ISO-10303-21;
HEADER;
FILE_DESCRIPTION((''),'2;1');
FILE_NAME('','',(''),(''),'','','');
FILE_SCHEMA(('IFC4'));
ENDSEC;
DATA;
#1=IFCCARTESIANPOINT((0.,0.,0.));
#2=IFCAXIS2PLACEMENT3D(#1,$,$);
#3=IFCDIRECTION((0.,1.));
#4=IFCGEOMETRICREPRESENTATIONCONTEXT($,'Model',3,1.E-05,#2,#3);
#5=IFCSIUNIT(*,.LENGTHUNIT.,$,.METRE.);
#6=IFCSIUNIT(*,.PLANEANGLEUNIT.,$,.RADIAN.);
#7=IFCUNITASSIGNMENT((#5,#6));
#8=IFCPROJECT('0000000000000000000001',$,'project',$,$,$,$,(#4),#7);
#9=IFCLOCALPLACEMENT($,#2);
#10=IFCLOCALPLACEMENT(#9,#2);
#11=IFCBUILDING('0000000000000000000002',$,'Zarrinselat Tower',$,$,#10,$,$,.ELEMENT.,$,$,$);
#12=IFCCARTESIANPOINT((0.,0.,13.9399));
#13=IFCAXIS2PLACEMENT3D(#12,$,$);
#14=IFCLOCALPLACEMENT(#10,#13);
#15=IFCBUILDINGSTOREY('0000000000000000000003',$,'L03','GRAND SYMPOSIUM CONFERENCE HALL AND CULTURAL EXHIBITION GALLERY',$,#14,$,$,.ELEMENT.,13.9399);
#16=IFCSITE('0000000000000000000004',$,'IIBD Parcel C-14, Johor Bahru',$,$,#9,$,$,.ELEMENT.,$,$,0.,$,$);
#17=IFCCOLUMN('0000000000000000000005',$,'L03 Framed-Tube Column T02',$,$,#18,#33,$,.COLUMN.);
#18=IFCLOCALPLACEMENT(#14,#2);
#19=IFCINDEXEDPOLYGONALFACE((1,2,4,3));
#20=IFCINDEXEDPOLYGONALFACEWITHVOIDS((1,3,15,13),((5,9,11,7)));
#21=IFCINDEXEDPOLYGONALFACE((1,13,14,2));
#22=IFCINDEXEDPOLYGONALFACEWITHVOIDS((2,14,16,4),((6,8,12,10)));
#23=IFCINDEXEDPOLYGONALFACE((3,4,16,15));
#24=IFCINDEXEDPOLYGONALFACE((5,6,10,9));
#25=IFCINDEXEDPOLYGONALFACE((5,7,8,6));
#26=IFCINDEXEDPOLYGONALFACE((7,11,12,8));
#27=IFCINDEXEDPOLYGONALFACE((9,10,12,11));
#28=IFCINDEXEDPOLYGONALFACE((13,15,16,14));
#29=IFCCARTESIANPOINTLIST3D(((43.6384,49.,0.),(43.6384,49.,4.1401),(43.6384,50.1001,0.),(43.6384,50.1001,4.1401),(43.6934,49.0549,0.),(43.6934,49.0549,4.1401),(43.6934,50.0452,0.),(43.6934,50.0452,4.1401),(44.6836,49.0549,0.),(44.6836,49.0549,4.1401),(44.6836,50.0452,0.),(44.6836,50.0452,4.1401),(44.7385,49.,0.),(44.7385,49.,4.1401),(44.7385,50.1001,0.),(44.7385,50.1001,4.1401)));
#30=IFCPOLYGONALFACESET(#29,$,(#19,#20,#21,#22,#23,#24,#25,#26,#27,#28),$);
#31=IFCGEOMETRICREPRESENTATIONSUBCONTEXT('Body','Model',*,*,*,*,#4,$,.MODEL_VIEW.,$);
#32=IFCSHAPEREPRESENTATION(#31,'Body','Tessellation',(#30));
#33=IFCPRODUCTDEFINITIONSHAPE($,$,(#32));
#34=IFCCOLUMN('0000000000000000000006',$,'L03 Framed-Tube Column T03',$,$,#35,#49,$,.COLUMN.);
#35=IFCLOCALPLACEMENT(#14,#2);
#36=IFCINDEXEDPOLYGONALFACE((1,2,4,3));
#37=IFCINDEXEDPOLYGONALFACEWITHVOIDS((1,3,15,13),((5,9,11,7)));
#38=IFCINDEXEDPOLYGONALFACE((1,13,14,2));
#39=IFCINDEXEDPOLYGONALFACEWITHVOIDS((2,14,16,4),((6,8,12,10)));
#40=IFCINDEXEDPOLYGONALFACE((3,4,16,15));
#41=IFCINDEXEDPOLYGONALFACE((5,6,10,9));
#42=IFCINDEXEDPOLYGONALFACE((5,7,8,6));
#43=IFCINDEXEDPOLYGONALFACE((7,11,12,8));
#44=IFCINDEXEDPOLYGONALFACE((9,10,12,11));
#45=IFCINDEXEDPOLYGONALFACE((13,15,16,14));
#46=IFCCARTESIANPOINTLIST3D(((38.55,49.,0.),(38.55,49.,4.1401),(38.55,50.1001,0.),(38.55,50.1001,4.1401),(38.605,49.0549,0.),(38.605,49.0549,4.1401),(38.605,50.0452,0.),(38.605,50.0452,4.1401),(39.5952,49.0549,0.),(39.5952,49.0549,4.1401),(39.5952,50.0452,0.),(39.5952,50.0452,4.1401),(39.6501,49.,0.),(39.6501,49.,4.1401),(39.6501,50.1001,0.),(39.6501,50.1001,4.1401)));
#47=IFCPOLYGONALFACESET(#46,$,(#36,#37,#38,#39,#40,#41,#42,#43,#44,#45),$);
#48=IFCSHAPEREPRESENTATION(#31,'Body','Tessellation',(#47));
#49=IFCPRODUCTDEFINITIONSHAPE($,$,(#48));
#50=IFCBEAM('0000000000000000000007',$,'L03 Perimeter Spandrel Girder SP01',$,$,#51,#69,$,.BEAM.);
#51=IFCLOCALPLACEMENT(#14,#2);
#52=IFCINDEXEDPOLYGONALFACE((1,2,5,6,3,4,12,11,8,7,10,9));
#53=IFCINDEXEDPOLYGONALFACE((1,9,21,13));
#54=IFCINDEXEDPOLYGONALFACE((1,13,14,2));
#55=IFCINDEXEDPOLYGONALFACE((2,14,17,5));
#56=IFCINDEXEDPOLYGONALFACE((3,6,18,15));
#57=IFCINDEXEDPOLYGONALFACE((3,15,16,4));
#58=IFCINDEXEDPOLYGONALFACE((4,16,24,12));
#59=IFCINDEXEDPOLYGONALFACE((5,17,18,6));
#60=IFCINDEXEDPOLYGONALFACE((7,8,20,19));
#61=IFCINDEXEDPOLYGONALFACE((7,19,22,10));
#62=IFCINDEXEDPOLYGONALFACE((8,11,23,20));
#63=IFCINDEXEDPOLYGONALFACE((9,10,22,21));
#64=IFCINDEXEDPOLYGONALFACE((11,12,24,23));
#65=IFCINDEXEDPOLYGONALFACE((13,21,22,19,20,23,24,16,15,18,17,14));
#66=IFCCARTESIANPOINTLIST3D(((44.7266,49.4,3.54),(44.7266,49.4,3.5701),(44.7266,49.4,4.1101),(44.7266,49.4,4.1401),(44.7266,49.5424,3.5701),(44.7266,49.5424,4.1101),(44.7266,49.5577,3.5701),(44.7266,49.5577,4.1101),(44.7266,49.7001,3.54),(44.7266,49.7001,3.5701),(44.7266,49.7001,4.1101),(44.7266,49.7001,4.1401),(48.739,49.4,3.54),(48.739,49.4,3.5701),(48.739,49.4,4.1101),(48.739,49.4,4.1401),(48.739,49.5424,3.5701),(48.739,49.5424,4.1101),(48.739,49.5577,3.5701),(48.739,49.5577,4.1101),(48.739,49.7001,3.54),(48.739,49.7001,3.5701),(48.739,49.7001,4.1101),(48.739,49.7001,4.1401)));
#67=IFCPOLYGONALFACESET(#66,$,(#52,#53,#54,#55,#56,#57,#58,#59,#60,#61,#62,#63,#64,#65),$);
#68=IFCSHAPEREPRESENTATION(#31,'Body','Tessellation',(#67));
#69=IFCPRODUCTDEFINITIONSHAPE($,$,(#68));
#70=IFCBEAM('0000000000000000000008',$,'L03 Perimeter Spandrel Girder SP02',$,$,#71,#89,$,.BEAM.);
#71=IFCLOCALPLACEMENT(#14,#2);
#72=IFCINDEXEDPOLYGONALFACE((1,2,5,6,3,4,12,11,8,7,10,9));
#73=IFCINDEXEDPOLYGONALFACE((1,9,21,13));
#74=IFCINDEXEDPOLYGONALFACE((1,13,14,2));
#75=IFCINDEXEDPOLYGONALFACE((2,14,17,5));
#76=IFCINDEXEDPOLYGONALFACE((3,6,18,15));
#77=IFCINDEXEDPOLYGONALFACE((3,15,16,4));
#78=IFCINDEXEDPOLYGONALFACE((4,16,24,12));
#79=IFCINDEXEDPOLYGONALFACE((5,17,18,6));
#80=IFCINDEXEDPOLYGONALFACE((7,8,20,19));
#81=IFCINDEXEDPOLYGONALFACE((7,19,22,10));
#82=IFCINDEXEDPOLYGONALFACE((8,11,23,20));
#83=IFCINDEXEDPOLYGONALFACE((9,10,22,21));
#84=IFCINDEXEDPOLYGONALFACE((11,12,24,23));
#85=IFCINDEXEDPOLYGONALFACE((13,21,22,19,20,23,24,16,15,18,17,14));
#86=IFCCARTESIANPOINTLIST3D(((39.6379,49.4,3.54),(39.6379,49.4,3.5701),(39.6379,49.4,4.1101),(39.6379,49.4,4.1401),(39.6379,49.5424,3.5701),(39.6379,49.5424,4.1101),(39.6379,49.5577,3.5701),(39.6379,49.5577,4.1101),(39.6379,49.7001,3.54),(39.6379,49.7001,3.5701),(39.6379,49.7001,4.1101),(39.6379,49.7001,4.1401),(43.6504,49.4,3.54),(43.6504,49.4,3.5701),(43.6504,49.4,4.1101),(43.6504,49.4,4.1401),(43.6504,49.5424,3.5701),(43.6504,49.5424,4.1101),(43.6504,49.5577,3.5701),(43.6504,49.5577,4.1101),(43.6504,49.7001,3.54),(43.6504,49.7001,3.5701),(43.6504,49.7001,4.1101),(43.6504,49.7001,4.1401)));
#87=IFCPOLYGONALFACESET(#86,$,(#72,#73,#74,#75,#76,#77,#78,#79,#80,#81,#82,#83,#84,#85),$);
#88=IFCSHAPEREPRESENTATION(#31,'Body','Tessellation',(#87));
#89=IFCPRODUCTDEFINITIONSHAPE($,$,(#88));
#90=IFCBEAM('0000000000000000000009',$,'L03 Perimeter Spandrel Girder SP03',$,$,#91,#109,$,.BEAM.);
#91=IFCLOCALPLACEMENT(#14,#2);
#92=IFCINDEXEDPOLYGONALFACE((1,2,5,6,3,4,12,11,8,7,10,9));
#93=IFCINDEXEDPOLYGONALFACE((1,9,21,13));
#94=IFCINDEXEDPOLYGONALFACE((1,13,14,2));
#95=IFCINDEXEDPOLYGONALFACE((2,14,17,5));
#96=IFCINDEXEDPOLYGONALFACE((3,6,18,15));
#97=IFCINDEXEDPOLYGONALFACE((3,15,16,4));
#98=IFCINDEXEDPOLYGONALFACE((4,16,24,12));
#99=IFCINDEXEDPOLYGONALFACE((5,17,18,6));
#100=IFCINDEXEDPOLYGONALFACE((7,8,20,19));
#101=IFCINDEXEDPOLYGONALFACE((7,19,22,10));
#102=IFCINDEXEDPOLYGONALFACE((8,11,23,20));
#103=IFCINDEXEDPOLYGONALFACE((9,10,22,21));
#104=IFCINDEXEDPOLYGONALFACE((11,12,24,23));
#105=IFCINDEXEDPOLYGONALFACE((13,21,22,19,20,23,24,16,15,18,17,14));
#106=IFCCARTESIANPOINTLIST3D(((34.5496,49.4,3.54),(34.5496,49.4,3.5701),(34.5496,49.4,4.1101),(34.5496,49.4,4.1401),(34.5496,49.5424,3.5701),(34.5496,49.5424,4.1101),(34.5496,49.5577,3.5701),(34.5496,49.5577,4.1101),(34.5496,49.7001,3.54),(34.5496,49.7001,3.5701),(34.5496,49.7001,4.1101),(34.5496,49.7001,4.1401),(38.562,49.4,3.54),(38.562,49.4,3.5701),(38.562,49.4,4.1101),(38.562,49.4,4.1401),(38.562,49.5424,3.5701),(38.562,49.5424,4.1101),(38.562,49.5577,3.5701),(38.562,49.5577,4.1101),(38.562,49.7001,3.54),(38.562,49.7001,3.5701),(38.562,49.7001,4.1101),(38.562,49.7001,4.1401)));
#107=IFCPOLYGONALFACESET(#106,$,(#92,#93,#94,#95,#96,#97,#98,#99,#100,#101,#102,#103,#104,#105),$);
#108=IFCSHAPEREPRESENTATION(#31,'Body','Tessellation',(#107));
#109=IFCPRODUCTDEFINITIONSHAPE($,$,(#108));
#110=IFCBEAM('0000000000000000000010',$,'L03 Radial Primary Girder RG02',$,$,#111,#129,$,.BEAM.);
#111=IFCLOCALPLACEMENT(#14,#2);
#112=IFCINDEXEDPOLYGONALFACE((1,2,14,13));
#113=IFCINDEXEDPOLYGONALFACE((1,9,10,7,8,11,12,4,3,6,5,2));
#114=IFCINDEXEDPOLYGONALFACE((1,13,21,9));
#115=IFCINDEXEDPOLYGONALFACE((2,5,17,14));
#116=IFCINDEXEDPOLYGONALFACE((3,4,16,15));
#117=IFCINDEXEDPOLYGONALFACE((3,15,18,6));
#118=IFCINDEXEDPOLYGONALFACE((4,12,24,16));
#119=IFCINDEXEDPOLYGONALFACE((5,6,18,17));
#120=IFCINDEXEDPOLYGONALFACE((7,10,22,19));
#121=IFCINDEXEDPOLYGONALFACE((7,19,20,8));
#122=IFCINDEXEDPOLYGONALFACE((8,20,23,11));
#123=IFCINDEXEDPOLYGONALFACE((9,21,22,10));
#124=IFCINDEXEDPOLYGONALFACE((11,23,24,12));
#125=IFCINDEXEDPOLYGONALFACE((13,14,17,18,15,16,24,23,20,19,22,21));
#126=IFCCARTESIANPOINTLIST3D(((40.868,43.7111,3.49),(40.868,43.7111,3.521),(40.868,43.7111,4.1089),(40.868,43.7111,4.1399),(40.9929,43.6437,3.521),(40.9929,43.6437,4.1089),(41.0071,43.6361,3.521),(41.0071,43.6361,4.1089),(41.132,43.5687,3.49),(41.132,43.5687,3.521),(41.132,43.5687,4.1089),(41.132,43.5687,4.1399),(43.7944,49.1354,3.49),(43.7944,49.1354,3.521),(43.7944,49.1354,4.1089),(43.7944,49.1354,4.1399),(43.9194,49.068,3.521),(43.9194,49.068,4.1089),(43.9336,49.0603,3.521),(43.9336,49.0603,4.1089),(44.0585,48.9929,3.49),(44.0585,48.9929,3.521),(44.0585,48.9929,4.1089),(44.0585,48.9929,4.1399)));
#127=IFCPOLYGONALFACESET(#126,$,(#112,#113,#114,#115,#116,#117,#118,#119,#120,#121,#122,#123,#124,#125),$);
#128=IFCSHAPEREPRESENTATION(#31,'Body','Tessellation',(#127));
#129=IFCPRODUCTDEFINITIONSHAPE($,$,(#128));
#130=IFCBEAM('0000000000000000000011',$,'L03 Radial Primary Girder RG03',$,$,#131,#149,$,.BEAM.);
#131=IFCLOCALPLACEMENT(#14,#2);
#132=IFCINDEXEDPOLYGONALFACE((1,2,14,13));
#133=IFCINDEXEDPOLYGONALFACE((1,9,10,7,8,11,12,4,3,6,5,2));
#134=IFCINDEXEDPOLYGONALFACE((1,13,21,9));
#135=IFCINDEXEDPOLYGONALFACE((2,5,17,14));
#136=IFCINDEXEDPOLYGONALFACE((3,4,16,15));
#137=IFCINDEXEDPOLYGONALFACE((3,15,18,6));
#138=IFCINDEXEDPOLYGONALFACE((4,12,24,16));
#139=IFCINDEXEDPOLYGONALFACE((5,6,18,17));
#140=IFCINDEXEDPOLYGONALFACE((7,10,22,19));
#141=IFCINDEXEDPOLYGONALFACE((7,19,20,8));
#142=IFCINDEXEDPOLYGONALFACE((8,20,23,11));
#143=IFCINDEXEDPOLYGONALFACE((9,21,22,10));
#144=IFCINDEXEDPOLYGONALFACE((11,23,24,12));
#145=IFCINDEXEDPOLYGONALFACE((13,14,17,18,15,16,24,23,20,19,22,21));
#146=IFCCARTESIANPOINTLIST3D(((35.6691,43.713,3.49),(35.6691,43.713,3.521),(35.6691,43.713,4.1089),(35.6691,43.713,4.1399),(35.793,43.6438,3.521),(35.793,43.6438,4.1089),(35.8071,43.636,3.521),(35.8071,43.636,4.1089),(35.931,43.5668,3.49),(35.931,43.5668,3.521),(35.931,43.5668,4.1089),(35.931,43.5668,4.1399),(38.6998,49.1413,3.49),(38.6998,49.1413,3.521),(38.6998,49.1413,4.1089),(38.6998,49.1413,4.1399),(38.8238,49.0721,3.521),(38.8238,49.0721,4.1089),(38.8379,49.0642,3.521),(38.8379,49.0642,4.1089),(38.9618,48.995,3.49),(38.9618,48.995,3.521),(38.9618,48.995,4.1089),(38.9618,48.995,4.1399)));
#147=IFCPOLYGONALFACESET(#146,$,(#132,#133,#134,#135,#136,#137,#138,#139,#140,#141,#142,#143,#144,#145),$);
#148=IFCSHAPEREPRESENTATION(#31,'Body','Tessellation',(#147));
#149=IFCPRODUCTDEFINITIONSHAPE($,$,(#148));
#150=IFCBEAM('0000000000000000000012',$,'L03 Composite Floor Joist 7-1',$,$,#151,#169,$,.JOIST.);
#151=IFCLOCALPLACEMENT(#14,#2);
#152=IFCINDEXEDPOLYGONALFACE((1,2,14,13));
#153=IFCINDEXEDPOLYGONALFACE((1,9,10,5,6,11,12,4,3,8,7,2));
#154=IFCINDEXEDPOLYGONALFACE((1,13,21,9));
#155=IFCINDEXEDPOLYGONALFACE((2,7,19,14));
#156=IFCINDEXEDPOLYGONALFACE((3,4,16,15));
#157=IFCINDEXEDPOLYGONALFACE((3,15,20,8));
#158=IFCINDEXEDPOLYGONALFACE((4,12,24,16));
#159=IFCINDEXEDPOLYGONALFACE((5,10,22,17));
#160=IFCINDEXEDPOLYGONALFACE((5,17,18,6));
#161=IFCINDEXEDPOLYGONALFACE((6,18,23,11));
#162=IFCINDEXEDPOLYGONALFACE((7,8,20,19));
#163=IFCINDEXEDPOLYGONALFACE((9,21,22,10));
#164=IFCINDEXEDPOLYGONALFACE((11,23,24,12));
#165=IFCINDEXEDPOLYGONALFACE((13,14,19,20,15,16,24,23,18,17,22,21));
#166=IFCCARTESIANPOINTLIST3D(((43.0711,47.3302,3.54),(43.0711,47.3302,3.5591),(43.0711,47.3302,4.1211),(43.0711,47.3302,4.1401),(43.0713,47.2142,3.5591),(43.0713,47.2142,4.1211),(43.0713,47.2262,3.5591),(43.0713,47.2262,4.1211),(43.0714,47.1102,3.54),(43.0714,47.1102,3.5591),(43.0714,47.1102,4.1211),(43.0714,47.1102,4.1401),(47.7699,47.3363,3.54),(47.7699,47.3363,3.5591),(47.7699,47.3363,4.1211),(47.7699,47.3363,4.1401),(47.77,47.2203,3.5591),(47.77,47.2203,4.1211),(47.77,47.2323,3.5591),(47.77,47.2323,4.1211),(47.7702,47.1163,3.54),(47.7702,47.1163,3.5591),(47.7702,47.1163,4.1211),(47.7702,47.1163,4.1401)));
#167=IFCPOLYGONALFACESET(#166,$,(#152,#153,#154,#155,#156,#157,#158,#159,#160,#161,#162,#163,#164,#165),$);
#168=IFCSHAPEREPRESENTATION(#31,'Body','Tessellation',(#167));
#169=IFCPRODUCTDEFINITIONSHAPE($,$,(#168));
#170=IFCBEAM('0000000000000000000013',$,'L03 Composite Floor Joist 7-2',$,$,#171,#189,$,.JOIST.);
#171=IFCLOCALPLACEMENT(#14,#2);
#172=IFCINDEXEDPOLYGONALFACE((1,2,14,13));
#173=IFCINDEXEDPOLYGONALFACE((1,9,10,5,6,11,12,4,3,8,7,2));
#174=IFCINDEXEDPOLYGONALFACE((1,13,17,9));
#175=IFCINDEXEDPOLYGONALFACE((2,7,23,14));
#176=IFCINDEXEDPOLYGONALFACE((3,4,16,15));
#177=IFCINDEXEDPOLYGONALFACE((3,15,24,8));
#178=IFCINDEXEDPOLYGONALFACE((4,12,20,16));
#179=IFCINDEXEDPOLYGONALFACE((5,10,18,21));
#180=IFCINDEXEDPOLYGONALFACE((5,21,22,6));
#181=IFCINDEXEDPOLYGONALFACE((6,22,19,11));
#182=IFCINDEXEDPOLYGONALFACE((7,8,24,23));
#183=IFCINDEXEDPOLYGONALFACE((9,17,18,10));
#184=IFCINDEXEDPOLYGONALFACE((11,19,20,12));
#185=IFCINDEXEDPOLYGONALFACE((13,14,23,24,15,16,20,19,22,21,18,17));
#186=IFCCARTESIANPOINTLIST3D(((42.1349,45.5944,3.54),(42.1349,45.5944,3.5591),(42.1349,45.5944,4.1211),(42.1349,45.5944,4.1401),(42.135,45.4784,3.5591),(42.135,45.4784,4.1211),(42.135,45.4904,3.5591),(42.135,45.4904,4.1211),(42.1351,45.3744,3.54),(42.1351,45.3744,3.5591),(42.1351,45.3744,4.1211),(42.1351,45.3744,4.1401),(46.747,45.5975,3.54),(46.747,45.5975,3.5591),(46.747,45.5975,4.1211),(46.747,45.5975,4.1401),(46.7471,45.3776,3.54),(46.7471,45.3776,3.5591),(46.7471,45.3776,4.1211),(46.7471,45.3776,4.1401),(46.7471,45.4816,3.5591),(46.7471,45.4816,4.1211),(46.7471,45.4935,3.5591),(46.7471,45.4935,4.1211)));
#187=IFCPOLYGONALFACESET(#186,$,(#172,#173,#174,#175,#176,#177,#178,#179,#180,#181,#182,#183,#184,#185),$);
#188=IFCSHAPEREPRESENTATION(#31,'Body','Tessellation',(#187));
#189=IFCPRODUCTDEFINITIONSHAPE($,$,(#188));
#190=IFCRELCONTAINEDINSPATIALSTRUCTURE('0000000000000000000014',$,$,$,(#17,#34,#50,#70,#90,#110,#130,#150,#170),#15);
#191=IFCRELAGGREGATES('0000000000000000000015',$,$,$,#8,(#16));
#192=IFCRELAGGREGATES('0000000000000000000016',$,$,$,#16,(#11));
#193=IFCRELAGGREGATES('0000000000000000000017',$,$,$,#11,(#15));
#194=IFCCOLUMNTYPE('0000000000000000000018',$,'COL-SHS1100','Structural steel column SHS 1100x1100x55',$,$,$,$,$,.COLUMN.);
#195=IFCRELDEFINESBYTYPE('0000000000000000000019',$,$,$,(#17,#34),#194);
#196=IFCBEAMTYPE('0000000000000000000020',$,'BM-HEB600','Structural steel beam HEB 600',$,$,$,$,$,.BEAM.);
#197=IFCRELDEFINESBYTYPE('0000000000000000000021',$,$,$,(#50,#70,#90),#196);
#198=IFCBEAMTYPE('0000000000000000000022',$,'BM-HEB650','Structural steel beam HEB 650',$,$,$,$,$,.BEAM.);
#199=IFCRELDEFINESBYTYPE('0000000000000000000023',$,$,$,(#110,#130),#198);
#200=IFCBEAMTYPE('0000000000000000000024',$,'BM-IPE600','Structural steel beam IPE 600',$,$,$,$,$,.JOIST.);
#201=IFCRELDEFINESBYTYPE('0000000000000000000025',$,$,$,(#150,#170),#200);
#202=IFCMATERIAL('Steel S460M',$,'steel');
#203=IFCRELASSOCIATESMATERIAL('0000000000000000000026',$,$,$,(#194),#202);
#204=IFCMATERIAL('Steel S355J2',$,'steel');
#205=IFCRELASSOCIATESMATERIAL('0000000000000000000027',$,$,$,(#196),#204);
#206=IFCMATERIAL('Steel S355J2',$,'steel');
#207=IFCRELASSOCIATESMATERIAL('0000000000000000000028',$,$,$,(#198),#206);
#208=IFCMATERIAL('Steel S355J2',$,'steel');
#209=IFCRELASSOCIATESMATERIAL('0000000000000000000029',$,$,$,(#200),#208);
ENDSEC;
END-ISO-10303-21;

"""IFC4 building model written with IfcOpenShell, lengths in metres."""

from ifc_helpers import new_model, si_unit, direction, frame, origin, origin_2d, place, context, subcontext, project, spatial, hollow_rectangle, i_section, extrude, material, material_profile, profile_set, type_object, element, save


model = new_model("IFC4")

# Units and contexts
model_context = context("Model", 3, precision=1e-05, world=origin(), true_north=direction((0.0, 1.0)))
body_context = subcontext(model_context, "Body", "Model", "MODEL_VIEW")
ifc_project = project(units=[si_unit("LENGTHUNIT", "METRE"), si_unit("PLANEANGLEUNIT", "RADIAN")], contexts=[model_context])

# Site, building, storey
site_placement = place(None, origin())
site = spatial("IfcSite", under=ifc_project, at=site_placement, Name="IIBD Parcel C-14, Johor Bahru", CompositionType="ELEMENT", RefElevation=0.0)
building_placement = place(site_placement, origin())
building = spatial("IfcBuilding", under=site, at=building_placement, Name="Zarrinselat Tower", CompositionType="ELEMENT")
storey_placement = place(building_placement, frame((0.0, 0.0, 13.9399)))
storey = spatial("IfcBuildingStorey", under=building, at=storey_placement, Name="L03", Description="GRAND SYMPOSIUM CONFERENCE HALL AND CULTURAL EXHIBITION GALLERY", CompositionType="ELEMENT", Elevation=13.9399)

# Columns
ifc_material_1 = material(Name="Steel S460M", Category="steel")
ifc_material_profile_1 = material_profile(ifc_material_1, hollow_rectangle(XDim=1.1001, YDim=1.1001, WallThickness=0.0549, at=origin_2d()), Name="SHS 1100x1100x55")
ifc_profile_set_1 = profile_set([ifc_material_profile_1], Name="Steel S460M")
column_type = type_object("IfcColumnType", Name="COL-SHS1100", Description="Structural steel column SHS 1100x1100x55", PredefinedType="COLUMN", material=ifc_profile_set_1)
for number, where, z_axis, x_axis, name in (
    (1, (44.1885, 49.55, 0.0), (0.0, 0.0, 1.0), (1.0, 0.0, 0.0), "L03 Framed-Tube Column T02"),
    (2, (39.1001, 49.55, 0.0), (0.0, 0.0, 1.0), (1.0, 0.0, 0.0), "L03 Framed-Tube Column T03"),
):
    element("IfcColumn", number, at=place(storey_placement, frame(where, z_axis=z_axis, x_axis=x_axis)), inside=storey, type_object=column_type, Name=name, PredefinedType="COLUMN", context=body_context, shape_type="SweptSolid", body=[
        extrude(hollow_rectangle(XDim=1.1001, YDim=1.1001, WallThickness=0.0549, at=origin_2d()), origin(), (0.0, 0.0, 1.0), 4.1401),
    ])

# Beams
ifc_material_2 = material(Name="Steel S355J2", Category="steel")
ifc_material_profile_2 = material_profile(ifc_material_2, i_section(OverallWidth=0.3, OverallDepth=0.6001, WebThickness=0.0154, FlangeThickness=0.03, at=origin_2d()), Name="HEB 600")
ifc_profile_set_2 = profile_set([ifc_material_profile_2], Name="Steel S355J2")
beam_type_1 = type_object("IfcBeamType", Name="BM-HEB600", Description="Structural steel beam HEB 600", PredefinedType="BEAM", material=ifc_profile_set_2)
for number, where, z_axis, x_axis, name in (
    (3, (44.7266, 49.55, 3.8401), (1.0, 0.0, 0.0), (0.0, 1.0, 0.0), "L03 Perimeter Spandrel Girder SP01"),
    (4, (39.6379, 49.55, 3.8401), (1.0, 0.0, 0.0), (0.0, 1.0, 0.0), "L03 Perimeter Spandrel Girder SP02"),
    (5, (34.5496, 49.55, 3.8401), (1.0, 0.0, 0.0), (0.0, 1.0, 0.0), "L03 Perimeter Spandrel Girder SP03"),
):
    element("IfcBeam", number, at=place(storey_placement, frame(where, z_axis=z_axis, x_axis=x_axis)), inside=storey, type_object=beam_type_1, Name=name, PredefinedType="BEAM", context=body_context, shape_type="SweptSolid", body=[
        extrude(i_section(OverallWidth=0.3, OverallDepth=0.6001, WebThickness=0.0154, FlangeThickness=0.03, at=origin_2d()), origin(), (0.0, 0.0, 1.0), 4.0125),
    ])
ifc_material_3 = material(Name="Steel S355J2", Category="steel")
ifc_material_profile_3 = material_profile(ifc_material_3, i_section(OverallWidth=0.3, OverallDepth=0.6499, WebThickness=0.0161, FlangeThickness=0.031, at=origin_2d()), Name="HEB 650")
ifc_profile_set_3 = profile_set([ifc_material_profile_3], Name="Steel S355J2")
beam_type_2 = type_object("IfcBeamType", Name="BM-HEB650", Description="Structural steel beam HEB 650", PredefinedType="BEAM", material=ifc_profile_set_3)
beam_1_placement = place(storey_placement, frame((41.0, 43.6399, 3.8149), z_axis=(0.47482, 0.880083, 0.0), x_axis=(-0.880083, 0.47482, 0.0)))
element("IfcBeam", 6, at=beam_1_placement, inside=storey, type_object=beam_type_2, Name="L03 Radial Primary Girder RG02", PredefinedType="BEAM", context=body_context, shape_type="SweptSolid", body=[
    extrude(i_section(OverallWidth=0.3, OverallDepth=0.6499, WebThickness=0.0161, FlangeThickness=0.031, at=origin_2d()), origin(), (0.0, 0.0, 1.0), 6.1633),
])
beam_2_placement = place(storey_placement, frame((35.8, 43.6399, 3.8149), z_axis=(0.487496, 0.873125, 0.0), x_axis=(-0.873125, 0.487496, 0.0)))
element("IfcBeam", 7, at=beam_2_placement, inside=storey, type_object=beam_type_2, Name="L03 Radial Primary Girder RG03", PredefinedType="BEAM", context=body_context, shape_type="SweptSolid", body=[
    extrude(i_section(OverallWidth=0.3, OverallDepth=0.6499, WebThickness=0.0161, FlangeThickness=0.031, at=origin_2d()), origin(), (0.0, 0.0, 1.0), 6.217),
])
ifc_material_4 = material(Name="Steel S355J2", Category="steel")
ifc_material_profile_4 = material_profile(ifc_material_4, i_section(OverallWidth=0.22, OverallDepth=0.6001, WebThickness=0.012, FlangeThickness=0.019, at=origin_2d()), Name="IPE 600")
ifc_profile_set_4 = profile_set([ifc_material_profile_4], Name="Steel S355J2")
beam_type_3 = type_object("IfcBeamType", Name="BM-IPE600", Description="Structural steel beam IPE 600", PredefinedType="JOIST", material=ifc_profile_set_4)
beam_3_placement = place(storey_placement, frame((43.0713, 47.2202, 3.8401), z_axis=(0.999999, 0.001299, 0.0), x_axis=(-0.001299, 0.999999, 0.0)))
element("IfcBeam", 8, at=beam_3_placement, inside=storey, type_object=beam_type_3, Name="L03 Composite Floor Joist 7-1", PredefinedType="JOIST", context=body_context, shape_type="SweptSolid", body=[
    extrude(i_section(OverallWidth=0.22, OverallDepth=0.6001, WebThickness=0.012, FlangeThickness=0.019, at=origin_2d()), origin(), (0.0, 0.0, 1.0), 4.6987),
])
beam_4_placement = place(storey_placement, frame((42.135, 45.4844, 3.8401), z_axis=(1.0, 0.000688, 0.0), x_axis=(-0.000688, 1.0, 0.0)))
element("IfcBeam", 9, at=beam_4_placement, inside=storey, type_object=beam_type_3, Name="L03 Composite Floor Joist 7-2", PredefinedType="JOIST", context=body_context, shape_type="SweptSolid", body=[
    extrude(i_section(OverallWidth=0.22, OverallDepth=0.6001, WebThickness=0.012, FlangeThickness=0.019, at=origin_2d()), origin(), (0.0, 0.0, 1.0), 4.6121),
])

save(model, "model.ifc")
